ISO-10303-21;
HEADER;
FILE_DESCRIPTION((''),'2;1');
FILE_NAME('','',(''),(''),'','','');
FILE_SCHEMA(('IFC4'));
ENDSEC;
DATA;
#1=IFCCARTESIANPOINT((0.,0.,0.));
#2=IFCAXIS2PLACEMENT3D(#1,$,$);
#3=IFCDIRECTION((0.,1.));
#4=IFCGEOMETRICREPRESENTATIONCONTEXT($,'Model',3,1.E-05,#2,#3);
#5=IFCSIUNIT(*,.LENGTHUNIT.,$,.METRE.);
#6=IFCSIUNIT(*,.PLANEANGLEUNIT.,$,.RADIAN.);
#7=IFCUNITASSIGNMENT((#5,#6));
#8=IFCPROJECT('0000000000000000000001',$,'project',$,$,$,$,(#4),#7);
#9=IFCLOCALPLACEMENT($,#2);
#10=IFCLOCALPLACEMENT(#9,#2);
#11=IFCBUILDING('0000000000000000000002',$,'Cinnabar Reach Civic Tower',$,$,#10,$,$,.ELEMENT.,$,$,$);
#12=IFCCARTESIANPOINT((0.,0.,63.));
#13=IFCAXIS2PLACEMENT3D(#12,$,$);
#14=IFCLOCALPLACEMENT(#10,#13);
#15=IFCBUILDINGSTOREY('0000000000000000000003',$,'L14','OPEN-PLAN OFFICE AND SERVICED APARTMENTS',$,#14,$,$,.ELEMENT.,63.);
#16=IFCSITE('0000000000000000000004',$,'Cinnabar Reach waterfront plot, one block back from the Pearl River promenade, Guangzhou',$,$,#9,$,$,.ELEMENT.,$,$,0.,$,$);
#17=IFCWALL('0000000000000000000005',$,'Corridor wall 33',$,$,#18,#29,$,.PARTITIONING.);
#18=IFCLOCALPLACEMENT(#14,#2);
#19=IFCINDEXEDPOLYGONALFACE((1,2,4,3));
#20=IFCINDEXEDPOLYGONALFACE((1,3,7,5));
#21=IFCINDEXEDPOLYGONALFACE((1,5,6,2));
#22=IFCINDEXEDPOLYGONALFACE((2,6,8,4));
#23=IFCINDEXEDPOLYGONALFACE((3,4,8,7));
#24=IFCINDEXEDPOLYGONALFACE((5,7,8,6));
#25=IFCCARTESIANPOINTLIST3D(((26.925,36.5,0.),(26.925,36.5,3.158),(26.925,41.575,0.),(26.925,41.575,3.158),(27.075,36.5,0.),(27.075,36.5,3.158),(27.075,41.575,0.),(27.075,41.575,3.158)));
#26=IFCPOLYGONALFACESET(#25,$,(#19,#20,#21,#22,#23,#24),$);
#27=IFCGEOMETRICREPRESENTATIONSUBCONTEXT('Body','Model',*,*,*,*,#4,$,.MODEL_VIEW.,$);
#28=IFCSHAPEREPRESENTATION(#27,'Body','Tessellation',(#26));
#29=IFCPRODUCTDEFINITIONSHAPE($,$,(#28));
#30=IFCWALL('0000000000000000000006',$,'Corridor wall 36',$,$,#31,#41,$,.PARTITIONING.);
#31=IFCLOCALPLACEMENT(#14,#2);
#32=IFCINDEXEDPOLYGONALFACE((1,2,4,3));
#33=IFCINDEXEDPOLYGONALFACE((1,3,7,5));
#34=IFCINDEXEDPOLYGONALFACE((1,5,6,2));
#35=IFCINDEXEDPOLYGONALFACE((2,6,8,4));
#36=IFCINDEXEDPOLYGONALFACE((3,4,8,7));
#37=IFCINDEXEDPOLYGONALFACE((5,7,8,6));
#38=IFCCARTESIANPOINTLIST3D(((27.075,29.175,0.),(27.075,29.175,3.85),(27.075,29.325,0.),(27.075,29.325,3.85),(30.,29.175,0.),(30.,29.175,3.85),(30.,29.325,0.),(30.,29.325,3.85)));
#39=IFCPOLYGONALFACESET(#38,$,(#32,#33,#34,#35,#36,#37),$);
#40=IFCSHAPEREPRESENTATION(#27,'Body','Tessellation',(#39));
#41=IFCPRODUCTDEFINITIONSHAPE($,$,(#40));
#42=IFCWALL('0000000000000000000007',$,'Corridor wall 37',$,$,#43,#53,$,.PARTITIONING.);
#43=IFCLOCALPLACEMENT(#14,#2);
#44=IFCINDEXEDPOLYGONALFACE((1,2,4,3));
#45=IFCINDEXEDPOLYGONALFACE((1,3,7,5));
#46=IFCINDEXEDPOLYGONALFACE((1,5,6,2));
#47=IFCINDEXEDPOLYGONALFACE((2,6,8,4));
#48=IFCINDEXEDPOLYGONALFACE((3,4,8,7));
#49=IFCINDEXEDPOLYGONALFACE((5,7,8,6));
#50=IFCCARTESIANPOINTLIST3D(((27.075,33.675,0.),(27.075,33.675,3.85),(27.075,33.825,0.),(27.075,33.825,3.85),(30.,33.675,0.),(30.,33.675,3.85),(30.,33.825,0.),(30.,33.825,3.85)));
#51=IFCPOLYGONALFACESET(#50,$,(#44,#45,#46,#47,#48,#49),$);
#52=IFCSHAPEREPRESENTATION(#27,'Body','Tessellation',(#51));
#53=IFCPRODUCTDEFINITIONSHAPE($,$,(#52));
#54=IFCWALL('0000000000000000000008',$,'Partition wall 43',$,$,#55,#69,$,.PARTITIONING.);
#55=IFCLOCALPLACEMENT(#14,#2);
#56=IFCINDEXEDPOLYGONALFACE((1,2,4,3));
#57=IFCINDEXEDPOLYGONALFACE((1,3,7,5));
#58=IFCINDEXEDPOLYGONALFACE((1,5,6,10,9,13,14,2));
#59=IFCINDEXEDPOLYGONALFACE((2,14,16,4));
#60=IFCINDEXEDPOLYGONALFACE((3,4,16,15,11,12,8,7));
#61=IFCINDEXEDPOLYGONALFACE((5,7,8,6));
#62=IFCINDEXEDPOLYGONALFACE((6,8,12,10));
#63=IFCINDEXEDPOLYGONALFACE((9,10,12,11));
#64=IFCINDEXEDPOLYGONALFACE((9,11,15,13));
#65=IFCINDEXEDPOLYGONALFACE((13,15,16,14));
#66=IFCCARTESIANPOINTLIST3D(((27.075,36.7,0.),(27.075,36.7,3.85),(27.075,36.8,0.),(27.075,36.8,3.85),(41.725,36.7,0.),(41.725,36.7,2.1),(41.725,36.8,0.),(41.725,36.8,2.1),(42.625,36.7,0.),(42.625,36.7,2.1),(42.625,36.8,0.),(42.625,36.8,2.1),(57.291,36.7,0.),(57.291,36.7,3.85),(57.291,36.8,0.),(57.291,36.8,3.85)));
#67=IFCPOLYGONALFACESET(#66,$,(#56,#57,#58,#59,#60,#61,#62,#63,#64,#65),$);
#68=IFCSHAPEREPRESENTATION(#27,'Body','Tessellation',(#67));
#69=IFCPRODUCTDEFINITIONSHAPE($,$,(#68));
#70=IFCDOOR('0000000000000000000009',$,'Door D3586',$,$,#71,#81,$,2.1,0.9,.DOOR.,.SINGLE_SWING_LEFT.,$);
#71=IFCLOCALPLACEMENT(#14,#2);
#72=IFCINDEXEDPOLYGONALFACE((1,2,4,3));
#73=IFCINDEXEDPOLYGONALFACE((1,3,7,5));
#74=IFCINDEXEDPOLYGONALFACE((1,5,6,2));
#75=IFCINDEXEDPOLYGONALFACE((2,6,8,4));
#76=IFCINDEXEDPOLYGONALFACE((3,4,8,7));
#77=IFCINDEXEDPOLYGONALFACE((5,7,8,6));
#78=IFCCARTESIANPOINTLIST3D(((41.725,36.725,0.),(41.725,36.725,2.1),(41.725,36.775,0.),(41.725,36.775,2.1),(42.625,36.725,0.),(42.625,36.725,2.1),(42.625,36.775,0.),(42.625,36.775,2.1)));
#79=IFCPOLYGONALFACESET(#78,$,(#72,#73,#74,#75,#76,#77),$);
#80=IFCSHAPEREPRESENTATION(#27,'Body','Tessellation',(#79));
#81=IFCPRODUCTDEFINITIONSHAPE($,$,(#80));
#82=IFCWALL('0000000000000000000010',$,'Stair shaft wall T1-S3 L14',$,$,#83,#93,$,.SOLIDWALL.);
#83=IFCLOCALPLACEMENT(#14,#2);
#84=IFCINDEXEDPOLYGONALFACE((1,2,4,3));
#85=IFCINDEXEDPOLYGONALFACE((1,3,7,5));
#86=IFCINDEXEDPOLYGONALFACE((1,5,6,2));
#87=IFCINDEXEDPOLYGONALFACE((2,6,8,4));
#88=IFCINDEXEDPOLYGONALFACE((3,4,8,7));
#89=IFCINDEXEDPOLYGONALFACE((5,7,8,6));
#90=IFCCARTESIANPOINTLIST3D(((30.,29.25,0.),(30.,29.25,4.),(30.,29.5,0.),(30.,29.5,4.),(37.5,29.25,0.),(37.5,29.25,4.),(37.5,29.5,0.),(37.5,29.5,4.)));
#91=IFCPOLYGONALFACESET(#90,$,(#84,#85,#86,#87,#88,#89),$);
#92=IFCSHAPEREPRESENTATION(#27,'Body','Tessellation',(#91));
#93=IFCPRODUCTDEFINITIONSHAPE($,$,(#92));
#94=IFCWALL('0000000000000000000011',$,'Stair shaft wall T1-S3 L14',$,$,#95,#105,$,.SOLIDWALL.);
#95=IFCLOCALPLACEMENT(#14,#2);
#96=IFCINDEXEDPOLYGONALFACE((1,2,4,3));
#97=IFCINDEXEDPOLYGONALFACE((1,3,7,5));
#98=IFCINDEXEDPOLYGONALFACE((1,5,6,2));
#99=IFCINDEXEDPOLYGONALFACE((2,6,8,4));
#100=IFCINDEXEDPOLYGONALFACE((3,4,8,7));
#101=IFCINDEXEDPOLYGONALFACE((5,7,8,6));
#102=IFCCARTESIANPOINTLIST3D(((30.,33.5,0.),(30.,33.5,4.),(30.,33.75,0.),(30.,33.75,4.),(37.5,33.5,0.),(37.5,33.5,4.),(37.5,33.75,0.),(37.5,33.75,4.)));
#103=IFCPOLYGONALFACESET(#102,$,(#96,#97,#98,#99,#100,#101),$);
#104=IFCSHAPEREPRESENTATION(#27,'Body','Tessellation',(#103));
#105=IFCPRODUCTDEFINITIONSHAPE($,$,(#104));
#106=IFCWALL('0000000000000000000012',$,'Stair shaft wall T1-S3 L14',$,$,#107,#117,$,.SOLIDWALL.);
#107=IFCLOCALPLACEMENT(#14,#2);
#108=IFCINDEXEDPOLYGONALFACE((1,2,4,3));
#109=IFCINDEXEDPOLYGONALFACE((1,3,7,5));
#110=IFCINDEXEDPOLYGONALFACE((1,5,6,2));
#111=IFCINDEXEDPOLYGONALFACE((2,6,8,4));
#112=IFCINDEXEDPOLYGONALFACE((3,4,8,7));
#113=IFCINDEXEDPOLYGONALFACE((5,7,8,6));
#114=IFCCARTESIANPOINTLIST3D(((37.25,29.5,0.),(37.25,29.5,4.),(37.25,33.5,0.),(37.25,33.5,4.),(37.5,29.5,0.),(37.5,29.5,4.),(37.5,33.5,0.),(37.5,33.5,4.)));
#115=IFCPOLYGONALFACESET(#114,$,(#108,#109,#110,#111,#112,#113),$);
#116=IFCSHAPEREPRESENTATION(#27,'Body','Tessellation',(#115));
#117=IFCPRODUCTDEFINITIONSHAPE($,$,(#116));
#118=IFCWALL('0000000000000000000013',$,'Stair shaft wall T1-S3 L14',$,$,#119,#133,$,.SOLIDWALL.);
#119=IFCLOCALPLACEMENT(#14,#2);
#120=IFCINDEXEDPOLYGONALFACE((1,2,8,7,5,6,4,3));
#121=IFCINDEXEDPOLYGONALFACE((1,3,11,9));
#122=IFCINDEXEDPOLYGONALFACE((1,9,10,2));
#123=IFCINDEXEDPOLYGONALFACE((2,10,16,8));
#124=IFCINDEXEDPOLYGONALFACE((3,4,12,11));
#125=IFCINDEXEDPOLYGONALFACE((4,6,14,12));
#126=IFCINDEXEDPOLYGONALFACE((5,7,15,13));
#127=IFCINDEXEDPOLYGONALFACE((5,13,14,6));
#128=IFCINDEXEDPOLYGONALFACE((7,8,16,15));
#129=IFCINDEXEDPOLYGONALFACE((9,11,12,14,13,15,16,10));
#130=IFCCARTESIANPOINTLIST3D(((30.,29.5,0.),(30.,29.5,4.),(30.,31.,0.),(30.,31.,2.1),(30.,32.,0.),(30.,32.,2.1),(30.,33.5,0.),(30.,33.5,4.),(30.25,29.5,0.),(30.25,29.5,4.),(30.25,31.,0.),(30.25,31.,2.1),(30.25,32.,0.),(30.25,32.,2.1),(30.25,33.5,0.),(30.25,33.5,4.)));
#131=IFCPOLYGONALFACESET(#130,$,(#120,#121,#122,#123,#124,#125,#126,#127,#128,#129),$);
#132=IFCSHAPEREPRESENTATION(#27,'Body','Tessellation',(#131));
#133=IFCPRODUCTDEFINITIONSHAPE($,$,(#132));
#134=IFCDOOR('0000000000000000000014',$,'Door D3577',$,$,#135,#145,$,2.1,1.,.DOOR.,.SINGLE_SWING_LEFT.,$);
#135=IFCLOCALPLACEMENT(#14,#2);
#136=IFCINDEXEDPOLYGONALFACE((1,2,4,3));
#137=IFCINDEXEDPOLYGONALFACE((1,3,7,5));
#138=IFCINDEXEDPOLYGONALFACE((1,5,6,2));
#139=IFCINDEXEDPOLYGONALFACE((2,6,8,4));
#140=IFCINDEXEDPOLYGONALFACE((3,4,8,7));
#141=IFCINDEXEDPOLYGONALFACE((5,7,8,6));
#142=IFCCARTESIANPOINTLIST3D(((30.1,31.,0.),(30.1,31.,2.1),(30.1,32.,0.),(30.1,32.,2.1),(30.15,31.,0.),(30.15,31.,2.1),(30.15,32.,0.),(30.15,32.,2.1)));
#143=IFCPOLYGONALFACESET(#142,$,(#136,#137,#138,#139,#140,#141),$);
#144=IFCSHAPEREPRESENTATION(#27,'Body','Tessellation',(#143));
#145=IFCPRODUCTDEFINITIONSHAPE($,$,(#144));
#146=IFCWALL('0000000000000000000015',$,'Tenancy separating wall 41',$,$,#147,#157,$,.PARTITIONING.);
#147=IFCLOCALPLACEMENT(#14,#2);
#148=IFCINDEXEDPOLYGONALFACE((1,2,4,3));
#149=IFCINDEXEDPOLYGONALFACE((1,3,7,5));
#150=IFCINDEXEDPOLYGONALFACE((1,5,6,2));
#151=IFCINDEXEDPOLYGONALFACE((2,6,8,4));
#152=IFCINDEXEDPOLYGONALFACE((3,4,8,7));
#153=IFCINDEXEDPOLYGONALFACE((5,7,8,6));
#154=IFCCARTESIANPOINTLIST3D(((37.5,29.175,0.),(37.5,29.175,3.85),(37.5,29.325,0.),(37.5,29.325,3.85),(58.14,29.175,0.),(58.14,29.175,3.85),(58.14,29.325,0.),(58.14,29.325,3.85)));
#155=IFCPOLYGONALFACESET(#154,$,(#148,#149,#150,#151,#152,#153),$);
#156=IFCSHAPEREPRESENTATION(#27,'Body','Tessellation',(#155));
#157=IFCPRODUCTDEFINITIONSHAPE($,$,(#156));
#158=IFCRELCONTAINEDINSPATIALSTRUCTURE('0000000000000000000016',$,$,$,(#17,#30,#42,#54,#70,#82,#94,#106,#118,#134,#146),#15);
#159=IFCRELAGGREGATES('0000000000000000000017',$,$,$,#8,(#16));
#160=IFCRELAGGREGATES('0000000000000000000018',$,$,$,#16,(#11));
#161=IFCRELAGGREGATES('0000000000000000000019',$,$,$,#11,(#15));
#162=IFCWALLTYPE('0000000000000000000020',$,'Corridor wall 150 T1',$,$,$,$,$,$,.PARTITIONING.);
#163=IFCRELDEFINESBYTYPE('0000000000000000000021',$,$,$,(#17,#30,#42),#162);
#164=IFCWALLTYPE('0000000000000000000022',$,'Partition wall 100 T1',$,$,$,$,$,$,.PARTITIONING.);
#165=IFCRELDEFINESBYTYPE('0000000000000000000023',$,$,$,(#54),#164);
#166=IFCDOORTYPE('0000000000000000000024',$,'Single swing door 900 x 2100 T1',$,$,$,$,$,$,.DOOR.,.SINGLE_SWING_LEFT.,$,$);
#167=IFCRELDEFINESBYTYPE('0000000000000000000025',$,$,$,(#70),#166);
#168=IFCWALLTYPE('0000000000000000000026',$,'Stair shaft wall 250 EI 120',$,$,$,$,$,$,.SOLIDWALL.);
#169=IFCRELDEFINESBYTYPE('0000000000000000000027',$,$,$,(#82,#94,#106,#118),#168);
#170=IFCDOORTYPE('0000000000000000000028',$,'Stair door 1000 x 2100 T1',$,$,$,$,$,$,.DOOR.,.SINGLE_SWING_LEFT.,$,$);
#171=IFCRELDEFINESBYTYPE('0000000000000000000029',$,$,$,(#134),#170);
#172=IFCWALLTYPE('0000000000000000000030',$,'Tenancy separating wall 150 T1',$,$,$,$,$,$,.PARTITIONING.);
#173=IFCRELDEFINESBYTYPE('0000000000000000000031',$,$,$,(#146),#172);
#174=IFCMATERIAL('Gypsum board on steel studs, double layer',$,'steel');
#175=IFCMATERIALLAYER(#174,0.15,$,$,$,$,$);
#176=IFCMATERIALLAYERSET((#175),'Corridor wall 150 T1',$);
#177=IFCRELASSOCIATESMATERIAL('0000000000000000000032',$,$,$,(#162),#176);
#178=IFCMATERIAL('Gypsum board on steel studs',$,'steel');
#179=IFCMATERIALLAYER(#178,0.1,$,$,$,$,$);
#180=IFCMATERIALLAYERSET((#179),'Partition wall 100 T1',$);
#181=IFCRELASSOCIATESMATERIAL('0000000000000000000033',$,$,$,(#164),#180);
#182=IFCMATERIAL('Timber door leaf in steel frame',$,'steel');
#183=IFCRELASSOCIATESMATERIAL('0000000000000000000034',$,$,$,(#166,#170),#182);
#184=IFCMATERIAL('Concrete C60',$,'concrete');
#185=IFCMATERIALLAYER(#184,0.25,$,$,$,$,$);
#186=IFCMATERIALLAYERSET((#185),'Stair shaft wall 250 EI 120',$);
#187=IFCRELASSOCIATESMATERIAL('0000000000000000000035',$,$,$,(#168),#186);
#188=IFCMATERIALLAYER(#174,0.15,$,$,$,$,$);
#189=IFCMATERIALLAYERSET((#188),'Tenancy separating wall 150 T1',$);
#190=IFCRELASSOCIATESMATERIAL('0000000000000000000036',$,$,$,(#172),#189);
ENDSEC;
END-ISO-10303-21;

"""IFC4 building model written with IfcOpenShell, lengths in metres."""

from ifc_helpers import new_model, si_unit, direction, frame, frame_2d, origin, place, context, subcontext, project, spatial, rectangle, extrude, material, layer, layer_set, type_object, element, fill, save


model = new_model("IFC4")

# Units and contexts
model_context = context("Model", 3, precision=1e-05, world=origin(), true_north=direction((0.0, 1.0)))
body_context = subcontext(model_context, "Body", "Model", "MODEL_VIEW")
ifc_project = project(units=[si_unit("LENGTHUNIT", "METRE"), si_unit("PLANEANGLEUNIT", "RADIAN")], contexts=[model_context])

# Site, building, storey
site_placement = place(None, origin())
site = spatial("IfcSite", under=ifc_project, at=site_placement, Name="Cinnabar Reach waterfront plot, one block back from the Pearl River promenade, Guangzhou", CompositionType="ELEMENT", RefElevation=0.0)
building_placement = place(site_placement, origin())
building = spatial("IfcBuilding", under=site, at=building_placement, Name="Cinnabar Reach Civic Tower", CompositionType="ELEMENT")
storey_placement = place(building_placement, frame((0.0, 0.0, 63.0)))
storey = spatial("IfcBuildingStorey", under=building, at=storey_placement, Name="L14", Description="OPEN-PLAN OFFICE AND SERVICED APARTMENTS", CompositionType="ELEMENT", Elevation=63.0)

# Shared definitions
ifc_material_1 = material(Name="Gypsum board on steel studs, double layer", Category="steel")
ifc_layer_1 = layer(ifc_material_1, 0.15)
ifc_layer_set_1 = layer_set([ifc_layer_1], Name="Corridor wall 150 T1")
wall_type_1 = type_object("IfcWallType", Name="Corridor wall 150 T1", PredefinedType="PARTITIONING", material=ifc_layer_set_1)

# Shared definitions
ifc_material_2 = material(Name="Timber door leaf in steel frame", Category="steel")

# Walls
wall_1_placement = place(storey_placement, frame((27.0, 36.5, 0.0), z_axis=(0.0, 0.0, 1.0), x_axis=(0.0, 1.0, 0.0)))
element("IfcWall", 1, at=wall_1_placement, inside=storey, type_object=wall_type_1, Name="Corridor wall 33", PredefinedType="PARTITIONING", context=body_context, shape_type="SweptSolid", body=[
    extrude(rectangle(XDim=5.075, YDim=0.15, at=frame_2d((2.5375, 0.0))), origin(), (0.0, 0.0, 1.0), 3.158),
])
for number, where, z_axis, x_axis, name in (
    (2, (27.075, 29.25, 0.0), (0.0, 0.0, 1.0), (1.0, 0.0, 0.0), "Corridor wall 36"),
    (3, (27.075, 33.75, 0.0), (0.0, 0.0, 1.0), (1.0, 0.0, 0.0), "Corridor wall 37"),
):
    element("IfcWall", number, at=place(storey_placement, frame(where, z_axis=z_axis, x_axis=x_axis)), inside=storey, type_object=wall_type_1, Name=name, PredefinedType="PARTITIONING", context=body_context, shape_type="SweptSolid", body=[
        extrude(rectangle(XDim=2.925, YDim=0.15, at=frame_2d((1.4625, 0.0))), origin(), (0.0, 0.0, 1.0), 3.85),
    ])

# Wall, opening, door
ifc_material_3 = material(Name="Gypsum board on steel studs", Category="steel")
ifc_layer_2 = layer(ifc_material_3, 0.1)
ifc_layer_set_2 = layer_set([ifc_layer_2], Name="Partition wall 100 T1")
wall_type_2 = type_object("IfcWallType", Name="Partition wall 100 T1", PredefinedType="PARTITIONING", material=ifc_layer_set_2)
wall_2_placement = place(storey_placement, frame((27.075, 36.75, 0.0), z_axis=(0.0, 0.0, 1.0), x_axis=(1.0, 0.0, 0.0)))
wall_2 = element("IfcWall", 4, at=wall_2_placement, inside=storey, type_object=wall_type_2, Name="Partition wall 43", PredefinedType="PARTITIONING", context=body_context, shape_type="SweptSolid", body=[
    extrude(rectangle(XDim=30.2159, YDim=0.1, at=frame_2d((15.108, 0.0))), origin(), (0.0, 0.0, 1.0), 3.85),
])
opening_1_placement = place(wall_2_placement, frame((14.65, 0.0, 0.0)))
opening_1 = element("IfcOpeningElement", 5, at=opening_1_placement, cuts=wall_2, PredefinedType="OPENING", context=body_context, shape_type="SweptSolid", body=[
    extrude(rectangle(XDim=0.9, YDim=2.1, at=frame_2d((0.45, 1.05))), frame((0.0, 0.06, 0.0), z_axis=(0.0, -1.0, 0.0), x_axis=(1.0, 0.0, 0.0)), (0.0, 0.0, 1.0), 0.12),
])
door_type_1 = type_object("IfcDoorType", Name="Single swing door 900 x 2100 T1", OperationType="SINGLE_SWING_LEFT", PredefinedType="DOOR", material=ifc_material_2)
door_1_placement = place(opening_1_placement, origin())
door_1 = element("IfcDoor", 6, at=door_1_placement, inside=storey, type_object=door_type_1, Name="Door D3586", OperationType="SINGLE_SWING_LEFT", OverallHeight=2.1, OverallWidth=0.9, PredefinedType="DOOR", context=body_context, shape_type="SweptSolid", body=[
    extrude(rectangle(XDim=0.9, YDim=2.1, at=frame_2d((0.45, 1.05))), frame((0.0, 0.025, 0.0), z_axis=(0.0, -1.0, 0.0), x_axis=(1.0, 0.0, 0.0)), (0.0, 0.0, 1.0), 0.05),
])
fill(opening_1, door_1)

# Walls
ifc_material_4 = material(Name="Concrete C60", Category="concrete")
ifc_layer_3 = layer(ifc_material_4, 0.25)
ifc_layer_set_3 = layer_set([ifc_layer_3], Name="Stair shaft wall 250 EI 120")
wall_type_3 = type_object("IfcWallType", Name="Stair shaft wall 250 EI 120", PredefinedType="SOLIDWALL", material=ifc_layer_set_3)
for number, where, z_axis, x_axis, name in (
    (7, (30.0, 29.375, 0.0), (0.0, 0.0, 1.0), (1.0, 0.0, 0.0), "Stair shaft wall T1-S3 L14"),
    (8, (37.5, 33.625, 0.0), (0.0, 0.0, 1.0), (-1.0, 0.0, 0.0), "Stair shaft wall T1-S3 L14"),
):
    element("IfcWall", number, at=place(storey_placement, frame(where, z_axis=z_axis, x_axis=x_axis)), inside=storey, type_object=wall_type_3, Name=name, PredefinedType="SOLIDWALL", context=body_context, shape_type="SweptSolid", body=[
        extrude(rectangle(XDim=7.5, YDim=0.25, at=frame_2d((3.75, 0.0))), origin(), (0.0, 0.0, 1.0), 4.0),
    ])
wall_3_placement = place(storey_placement, frame((37.375, 29.5, 0.0), z_axis=(0.0, 0.0, 1.0), x_axis=(0.0, 1.0, 0.0)))
element("IfcWall", 9, at=wall_3_placement, inside=storey, type_object=wall_type_3, Name="Stair shaft wall T1-S3 L14", PredefinedType="SOLIDWALL", context=body_context, shape_type="SweptSolid", body=[
    extrude(rectangle(XDim=4.0, YDim=0.25, at=frame_2d((2.0, 0.0))), origin(), (0.0, 0.0, 1.0), 4.0),
])

# Wall, opening, door
wall_4_placement = place(storey_placement, frame((30.125, 33.5, 0.0), z_axis=(0.0, 0.0, 1.0), x_axis=(0.0, -1.0, 0.0)))
wall_4 = element("IfcWall", 10, at=wall_4_placement, inside=storey, type_object=wall_type_3, Name="Stair shaft wall T1-S3 L14", PredefinedType="SOLIDWALL", context=body_context, shape_type="SweptSolid", body=[
    extrude(rectangle(XDim=4.0, YDim=0.25, at=frame_2d((2.0, 0.0))), origin(), (0.0, 0.0, 1.0), 4.0),
])
opening_2_placement = place(wall_4_placement, frame((1.5, 0.0, 0.0)))
opening_2 = element("IfcOpeningElement", 11, at=opening_2_placement, cuts=wall_4, PredefinedType="OPENING", context=body_context, shape_type="SweptSolid", body=[
    extrude(rectangle(XDim=1.0, YDim=2.1, at=frame_2d((0.5, 1.05))), frame((0.0, 0.135, 0.0), z_axis=(0.0, -1.0, 0.0), x_axis=(1.0, 0.0, 0.0)), (0.0, 0.0, 1.0), 0.27),
])
door_type_2 = type_object("IfcDoorType", Name="Stair door 1000 x 2100 T1", OperationType="SINGLE_SWING_LEFT", PredefinedType="DOOR", material=ifc_material_2)
door_2_placement = place(opening_2_placement, origin())
door_2 = element("IfcDoor", 12, at=door_2_placement, inside=storey, type_object=door_type_2, Name="Door D3577", OperationType="SINGLE_SWING_LEFT", OverallHeight=2.1, OverallWidth=1.0, PredefinedType="DOOR", context=body_context, shape_type="SweptSolid", body=[
    extrude(rectangle(XDim=1.0, YDim=2.1, at=frame_2d((0.5, 1.05))), frame((0.0, 0.025, 0.0), z_axis=(0.0, -1.0, 0.0), x_axis=(1.0, 0.0, 0.0)), (0.0, 0.0, 1.0), 0.05),
])
fill(opening_2, door_2)

# Wall
ifc_layer_4 = layer(ifc_material_1, 0.15)
ifc_layer_set_4 = layer_set([ifc_layer_4], Name="Tenancy separating wall 150 T1")
wall_type_4 = type_object("IfcWallType", Name="Tenancy separating wall 150 T1", PredefinedType="PARTITIONING", material=ifc_layer_set_4)
wall_5_placement = place(storey_placement, frame((37.5, 29.25, 0.0), z_axis=(0.0, 0.0, 1.0), x_axis=(1.0, 0.0, 0.0)))
element("IfcWall", 13, at=wall_5_placement, inside=storey, type_object=wall_type_4, Name="Tenancy separating wall 41", PredefinedType="PARTITIONING", context=body_context, shape_type="SweptSolid", body=[
    extrude(rectangle(XDim=20.64, YDim=0.15, at=frame_2d((10.32, 0.0))), origin(), (0.0, 0.0, 1.0), 3.85),
])

save(model, "model.ifc")
